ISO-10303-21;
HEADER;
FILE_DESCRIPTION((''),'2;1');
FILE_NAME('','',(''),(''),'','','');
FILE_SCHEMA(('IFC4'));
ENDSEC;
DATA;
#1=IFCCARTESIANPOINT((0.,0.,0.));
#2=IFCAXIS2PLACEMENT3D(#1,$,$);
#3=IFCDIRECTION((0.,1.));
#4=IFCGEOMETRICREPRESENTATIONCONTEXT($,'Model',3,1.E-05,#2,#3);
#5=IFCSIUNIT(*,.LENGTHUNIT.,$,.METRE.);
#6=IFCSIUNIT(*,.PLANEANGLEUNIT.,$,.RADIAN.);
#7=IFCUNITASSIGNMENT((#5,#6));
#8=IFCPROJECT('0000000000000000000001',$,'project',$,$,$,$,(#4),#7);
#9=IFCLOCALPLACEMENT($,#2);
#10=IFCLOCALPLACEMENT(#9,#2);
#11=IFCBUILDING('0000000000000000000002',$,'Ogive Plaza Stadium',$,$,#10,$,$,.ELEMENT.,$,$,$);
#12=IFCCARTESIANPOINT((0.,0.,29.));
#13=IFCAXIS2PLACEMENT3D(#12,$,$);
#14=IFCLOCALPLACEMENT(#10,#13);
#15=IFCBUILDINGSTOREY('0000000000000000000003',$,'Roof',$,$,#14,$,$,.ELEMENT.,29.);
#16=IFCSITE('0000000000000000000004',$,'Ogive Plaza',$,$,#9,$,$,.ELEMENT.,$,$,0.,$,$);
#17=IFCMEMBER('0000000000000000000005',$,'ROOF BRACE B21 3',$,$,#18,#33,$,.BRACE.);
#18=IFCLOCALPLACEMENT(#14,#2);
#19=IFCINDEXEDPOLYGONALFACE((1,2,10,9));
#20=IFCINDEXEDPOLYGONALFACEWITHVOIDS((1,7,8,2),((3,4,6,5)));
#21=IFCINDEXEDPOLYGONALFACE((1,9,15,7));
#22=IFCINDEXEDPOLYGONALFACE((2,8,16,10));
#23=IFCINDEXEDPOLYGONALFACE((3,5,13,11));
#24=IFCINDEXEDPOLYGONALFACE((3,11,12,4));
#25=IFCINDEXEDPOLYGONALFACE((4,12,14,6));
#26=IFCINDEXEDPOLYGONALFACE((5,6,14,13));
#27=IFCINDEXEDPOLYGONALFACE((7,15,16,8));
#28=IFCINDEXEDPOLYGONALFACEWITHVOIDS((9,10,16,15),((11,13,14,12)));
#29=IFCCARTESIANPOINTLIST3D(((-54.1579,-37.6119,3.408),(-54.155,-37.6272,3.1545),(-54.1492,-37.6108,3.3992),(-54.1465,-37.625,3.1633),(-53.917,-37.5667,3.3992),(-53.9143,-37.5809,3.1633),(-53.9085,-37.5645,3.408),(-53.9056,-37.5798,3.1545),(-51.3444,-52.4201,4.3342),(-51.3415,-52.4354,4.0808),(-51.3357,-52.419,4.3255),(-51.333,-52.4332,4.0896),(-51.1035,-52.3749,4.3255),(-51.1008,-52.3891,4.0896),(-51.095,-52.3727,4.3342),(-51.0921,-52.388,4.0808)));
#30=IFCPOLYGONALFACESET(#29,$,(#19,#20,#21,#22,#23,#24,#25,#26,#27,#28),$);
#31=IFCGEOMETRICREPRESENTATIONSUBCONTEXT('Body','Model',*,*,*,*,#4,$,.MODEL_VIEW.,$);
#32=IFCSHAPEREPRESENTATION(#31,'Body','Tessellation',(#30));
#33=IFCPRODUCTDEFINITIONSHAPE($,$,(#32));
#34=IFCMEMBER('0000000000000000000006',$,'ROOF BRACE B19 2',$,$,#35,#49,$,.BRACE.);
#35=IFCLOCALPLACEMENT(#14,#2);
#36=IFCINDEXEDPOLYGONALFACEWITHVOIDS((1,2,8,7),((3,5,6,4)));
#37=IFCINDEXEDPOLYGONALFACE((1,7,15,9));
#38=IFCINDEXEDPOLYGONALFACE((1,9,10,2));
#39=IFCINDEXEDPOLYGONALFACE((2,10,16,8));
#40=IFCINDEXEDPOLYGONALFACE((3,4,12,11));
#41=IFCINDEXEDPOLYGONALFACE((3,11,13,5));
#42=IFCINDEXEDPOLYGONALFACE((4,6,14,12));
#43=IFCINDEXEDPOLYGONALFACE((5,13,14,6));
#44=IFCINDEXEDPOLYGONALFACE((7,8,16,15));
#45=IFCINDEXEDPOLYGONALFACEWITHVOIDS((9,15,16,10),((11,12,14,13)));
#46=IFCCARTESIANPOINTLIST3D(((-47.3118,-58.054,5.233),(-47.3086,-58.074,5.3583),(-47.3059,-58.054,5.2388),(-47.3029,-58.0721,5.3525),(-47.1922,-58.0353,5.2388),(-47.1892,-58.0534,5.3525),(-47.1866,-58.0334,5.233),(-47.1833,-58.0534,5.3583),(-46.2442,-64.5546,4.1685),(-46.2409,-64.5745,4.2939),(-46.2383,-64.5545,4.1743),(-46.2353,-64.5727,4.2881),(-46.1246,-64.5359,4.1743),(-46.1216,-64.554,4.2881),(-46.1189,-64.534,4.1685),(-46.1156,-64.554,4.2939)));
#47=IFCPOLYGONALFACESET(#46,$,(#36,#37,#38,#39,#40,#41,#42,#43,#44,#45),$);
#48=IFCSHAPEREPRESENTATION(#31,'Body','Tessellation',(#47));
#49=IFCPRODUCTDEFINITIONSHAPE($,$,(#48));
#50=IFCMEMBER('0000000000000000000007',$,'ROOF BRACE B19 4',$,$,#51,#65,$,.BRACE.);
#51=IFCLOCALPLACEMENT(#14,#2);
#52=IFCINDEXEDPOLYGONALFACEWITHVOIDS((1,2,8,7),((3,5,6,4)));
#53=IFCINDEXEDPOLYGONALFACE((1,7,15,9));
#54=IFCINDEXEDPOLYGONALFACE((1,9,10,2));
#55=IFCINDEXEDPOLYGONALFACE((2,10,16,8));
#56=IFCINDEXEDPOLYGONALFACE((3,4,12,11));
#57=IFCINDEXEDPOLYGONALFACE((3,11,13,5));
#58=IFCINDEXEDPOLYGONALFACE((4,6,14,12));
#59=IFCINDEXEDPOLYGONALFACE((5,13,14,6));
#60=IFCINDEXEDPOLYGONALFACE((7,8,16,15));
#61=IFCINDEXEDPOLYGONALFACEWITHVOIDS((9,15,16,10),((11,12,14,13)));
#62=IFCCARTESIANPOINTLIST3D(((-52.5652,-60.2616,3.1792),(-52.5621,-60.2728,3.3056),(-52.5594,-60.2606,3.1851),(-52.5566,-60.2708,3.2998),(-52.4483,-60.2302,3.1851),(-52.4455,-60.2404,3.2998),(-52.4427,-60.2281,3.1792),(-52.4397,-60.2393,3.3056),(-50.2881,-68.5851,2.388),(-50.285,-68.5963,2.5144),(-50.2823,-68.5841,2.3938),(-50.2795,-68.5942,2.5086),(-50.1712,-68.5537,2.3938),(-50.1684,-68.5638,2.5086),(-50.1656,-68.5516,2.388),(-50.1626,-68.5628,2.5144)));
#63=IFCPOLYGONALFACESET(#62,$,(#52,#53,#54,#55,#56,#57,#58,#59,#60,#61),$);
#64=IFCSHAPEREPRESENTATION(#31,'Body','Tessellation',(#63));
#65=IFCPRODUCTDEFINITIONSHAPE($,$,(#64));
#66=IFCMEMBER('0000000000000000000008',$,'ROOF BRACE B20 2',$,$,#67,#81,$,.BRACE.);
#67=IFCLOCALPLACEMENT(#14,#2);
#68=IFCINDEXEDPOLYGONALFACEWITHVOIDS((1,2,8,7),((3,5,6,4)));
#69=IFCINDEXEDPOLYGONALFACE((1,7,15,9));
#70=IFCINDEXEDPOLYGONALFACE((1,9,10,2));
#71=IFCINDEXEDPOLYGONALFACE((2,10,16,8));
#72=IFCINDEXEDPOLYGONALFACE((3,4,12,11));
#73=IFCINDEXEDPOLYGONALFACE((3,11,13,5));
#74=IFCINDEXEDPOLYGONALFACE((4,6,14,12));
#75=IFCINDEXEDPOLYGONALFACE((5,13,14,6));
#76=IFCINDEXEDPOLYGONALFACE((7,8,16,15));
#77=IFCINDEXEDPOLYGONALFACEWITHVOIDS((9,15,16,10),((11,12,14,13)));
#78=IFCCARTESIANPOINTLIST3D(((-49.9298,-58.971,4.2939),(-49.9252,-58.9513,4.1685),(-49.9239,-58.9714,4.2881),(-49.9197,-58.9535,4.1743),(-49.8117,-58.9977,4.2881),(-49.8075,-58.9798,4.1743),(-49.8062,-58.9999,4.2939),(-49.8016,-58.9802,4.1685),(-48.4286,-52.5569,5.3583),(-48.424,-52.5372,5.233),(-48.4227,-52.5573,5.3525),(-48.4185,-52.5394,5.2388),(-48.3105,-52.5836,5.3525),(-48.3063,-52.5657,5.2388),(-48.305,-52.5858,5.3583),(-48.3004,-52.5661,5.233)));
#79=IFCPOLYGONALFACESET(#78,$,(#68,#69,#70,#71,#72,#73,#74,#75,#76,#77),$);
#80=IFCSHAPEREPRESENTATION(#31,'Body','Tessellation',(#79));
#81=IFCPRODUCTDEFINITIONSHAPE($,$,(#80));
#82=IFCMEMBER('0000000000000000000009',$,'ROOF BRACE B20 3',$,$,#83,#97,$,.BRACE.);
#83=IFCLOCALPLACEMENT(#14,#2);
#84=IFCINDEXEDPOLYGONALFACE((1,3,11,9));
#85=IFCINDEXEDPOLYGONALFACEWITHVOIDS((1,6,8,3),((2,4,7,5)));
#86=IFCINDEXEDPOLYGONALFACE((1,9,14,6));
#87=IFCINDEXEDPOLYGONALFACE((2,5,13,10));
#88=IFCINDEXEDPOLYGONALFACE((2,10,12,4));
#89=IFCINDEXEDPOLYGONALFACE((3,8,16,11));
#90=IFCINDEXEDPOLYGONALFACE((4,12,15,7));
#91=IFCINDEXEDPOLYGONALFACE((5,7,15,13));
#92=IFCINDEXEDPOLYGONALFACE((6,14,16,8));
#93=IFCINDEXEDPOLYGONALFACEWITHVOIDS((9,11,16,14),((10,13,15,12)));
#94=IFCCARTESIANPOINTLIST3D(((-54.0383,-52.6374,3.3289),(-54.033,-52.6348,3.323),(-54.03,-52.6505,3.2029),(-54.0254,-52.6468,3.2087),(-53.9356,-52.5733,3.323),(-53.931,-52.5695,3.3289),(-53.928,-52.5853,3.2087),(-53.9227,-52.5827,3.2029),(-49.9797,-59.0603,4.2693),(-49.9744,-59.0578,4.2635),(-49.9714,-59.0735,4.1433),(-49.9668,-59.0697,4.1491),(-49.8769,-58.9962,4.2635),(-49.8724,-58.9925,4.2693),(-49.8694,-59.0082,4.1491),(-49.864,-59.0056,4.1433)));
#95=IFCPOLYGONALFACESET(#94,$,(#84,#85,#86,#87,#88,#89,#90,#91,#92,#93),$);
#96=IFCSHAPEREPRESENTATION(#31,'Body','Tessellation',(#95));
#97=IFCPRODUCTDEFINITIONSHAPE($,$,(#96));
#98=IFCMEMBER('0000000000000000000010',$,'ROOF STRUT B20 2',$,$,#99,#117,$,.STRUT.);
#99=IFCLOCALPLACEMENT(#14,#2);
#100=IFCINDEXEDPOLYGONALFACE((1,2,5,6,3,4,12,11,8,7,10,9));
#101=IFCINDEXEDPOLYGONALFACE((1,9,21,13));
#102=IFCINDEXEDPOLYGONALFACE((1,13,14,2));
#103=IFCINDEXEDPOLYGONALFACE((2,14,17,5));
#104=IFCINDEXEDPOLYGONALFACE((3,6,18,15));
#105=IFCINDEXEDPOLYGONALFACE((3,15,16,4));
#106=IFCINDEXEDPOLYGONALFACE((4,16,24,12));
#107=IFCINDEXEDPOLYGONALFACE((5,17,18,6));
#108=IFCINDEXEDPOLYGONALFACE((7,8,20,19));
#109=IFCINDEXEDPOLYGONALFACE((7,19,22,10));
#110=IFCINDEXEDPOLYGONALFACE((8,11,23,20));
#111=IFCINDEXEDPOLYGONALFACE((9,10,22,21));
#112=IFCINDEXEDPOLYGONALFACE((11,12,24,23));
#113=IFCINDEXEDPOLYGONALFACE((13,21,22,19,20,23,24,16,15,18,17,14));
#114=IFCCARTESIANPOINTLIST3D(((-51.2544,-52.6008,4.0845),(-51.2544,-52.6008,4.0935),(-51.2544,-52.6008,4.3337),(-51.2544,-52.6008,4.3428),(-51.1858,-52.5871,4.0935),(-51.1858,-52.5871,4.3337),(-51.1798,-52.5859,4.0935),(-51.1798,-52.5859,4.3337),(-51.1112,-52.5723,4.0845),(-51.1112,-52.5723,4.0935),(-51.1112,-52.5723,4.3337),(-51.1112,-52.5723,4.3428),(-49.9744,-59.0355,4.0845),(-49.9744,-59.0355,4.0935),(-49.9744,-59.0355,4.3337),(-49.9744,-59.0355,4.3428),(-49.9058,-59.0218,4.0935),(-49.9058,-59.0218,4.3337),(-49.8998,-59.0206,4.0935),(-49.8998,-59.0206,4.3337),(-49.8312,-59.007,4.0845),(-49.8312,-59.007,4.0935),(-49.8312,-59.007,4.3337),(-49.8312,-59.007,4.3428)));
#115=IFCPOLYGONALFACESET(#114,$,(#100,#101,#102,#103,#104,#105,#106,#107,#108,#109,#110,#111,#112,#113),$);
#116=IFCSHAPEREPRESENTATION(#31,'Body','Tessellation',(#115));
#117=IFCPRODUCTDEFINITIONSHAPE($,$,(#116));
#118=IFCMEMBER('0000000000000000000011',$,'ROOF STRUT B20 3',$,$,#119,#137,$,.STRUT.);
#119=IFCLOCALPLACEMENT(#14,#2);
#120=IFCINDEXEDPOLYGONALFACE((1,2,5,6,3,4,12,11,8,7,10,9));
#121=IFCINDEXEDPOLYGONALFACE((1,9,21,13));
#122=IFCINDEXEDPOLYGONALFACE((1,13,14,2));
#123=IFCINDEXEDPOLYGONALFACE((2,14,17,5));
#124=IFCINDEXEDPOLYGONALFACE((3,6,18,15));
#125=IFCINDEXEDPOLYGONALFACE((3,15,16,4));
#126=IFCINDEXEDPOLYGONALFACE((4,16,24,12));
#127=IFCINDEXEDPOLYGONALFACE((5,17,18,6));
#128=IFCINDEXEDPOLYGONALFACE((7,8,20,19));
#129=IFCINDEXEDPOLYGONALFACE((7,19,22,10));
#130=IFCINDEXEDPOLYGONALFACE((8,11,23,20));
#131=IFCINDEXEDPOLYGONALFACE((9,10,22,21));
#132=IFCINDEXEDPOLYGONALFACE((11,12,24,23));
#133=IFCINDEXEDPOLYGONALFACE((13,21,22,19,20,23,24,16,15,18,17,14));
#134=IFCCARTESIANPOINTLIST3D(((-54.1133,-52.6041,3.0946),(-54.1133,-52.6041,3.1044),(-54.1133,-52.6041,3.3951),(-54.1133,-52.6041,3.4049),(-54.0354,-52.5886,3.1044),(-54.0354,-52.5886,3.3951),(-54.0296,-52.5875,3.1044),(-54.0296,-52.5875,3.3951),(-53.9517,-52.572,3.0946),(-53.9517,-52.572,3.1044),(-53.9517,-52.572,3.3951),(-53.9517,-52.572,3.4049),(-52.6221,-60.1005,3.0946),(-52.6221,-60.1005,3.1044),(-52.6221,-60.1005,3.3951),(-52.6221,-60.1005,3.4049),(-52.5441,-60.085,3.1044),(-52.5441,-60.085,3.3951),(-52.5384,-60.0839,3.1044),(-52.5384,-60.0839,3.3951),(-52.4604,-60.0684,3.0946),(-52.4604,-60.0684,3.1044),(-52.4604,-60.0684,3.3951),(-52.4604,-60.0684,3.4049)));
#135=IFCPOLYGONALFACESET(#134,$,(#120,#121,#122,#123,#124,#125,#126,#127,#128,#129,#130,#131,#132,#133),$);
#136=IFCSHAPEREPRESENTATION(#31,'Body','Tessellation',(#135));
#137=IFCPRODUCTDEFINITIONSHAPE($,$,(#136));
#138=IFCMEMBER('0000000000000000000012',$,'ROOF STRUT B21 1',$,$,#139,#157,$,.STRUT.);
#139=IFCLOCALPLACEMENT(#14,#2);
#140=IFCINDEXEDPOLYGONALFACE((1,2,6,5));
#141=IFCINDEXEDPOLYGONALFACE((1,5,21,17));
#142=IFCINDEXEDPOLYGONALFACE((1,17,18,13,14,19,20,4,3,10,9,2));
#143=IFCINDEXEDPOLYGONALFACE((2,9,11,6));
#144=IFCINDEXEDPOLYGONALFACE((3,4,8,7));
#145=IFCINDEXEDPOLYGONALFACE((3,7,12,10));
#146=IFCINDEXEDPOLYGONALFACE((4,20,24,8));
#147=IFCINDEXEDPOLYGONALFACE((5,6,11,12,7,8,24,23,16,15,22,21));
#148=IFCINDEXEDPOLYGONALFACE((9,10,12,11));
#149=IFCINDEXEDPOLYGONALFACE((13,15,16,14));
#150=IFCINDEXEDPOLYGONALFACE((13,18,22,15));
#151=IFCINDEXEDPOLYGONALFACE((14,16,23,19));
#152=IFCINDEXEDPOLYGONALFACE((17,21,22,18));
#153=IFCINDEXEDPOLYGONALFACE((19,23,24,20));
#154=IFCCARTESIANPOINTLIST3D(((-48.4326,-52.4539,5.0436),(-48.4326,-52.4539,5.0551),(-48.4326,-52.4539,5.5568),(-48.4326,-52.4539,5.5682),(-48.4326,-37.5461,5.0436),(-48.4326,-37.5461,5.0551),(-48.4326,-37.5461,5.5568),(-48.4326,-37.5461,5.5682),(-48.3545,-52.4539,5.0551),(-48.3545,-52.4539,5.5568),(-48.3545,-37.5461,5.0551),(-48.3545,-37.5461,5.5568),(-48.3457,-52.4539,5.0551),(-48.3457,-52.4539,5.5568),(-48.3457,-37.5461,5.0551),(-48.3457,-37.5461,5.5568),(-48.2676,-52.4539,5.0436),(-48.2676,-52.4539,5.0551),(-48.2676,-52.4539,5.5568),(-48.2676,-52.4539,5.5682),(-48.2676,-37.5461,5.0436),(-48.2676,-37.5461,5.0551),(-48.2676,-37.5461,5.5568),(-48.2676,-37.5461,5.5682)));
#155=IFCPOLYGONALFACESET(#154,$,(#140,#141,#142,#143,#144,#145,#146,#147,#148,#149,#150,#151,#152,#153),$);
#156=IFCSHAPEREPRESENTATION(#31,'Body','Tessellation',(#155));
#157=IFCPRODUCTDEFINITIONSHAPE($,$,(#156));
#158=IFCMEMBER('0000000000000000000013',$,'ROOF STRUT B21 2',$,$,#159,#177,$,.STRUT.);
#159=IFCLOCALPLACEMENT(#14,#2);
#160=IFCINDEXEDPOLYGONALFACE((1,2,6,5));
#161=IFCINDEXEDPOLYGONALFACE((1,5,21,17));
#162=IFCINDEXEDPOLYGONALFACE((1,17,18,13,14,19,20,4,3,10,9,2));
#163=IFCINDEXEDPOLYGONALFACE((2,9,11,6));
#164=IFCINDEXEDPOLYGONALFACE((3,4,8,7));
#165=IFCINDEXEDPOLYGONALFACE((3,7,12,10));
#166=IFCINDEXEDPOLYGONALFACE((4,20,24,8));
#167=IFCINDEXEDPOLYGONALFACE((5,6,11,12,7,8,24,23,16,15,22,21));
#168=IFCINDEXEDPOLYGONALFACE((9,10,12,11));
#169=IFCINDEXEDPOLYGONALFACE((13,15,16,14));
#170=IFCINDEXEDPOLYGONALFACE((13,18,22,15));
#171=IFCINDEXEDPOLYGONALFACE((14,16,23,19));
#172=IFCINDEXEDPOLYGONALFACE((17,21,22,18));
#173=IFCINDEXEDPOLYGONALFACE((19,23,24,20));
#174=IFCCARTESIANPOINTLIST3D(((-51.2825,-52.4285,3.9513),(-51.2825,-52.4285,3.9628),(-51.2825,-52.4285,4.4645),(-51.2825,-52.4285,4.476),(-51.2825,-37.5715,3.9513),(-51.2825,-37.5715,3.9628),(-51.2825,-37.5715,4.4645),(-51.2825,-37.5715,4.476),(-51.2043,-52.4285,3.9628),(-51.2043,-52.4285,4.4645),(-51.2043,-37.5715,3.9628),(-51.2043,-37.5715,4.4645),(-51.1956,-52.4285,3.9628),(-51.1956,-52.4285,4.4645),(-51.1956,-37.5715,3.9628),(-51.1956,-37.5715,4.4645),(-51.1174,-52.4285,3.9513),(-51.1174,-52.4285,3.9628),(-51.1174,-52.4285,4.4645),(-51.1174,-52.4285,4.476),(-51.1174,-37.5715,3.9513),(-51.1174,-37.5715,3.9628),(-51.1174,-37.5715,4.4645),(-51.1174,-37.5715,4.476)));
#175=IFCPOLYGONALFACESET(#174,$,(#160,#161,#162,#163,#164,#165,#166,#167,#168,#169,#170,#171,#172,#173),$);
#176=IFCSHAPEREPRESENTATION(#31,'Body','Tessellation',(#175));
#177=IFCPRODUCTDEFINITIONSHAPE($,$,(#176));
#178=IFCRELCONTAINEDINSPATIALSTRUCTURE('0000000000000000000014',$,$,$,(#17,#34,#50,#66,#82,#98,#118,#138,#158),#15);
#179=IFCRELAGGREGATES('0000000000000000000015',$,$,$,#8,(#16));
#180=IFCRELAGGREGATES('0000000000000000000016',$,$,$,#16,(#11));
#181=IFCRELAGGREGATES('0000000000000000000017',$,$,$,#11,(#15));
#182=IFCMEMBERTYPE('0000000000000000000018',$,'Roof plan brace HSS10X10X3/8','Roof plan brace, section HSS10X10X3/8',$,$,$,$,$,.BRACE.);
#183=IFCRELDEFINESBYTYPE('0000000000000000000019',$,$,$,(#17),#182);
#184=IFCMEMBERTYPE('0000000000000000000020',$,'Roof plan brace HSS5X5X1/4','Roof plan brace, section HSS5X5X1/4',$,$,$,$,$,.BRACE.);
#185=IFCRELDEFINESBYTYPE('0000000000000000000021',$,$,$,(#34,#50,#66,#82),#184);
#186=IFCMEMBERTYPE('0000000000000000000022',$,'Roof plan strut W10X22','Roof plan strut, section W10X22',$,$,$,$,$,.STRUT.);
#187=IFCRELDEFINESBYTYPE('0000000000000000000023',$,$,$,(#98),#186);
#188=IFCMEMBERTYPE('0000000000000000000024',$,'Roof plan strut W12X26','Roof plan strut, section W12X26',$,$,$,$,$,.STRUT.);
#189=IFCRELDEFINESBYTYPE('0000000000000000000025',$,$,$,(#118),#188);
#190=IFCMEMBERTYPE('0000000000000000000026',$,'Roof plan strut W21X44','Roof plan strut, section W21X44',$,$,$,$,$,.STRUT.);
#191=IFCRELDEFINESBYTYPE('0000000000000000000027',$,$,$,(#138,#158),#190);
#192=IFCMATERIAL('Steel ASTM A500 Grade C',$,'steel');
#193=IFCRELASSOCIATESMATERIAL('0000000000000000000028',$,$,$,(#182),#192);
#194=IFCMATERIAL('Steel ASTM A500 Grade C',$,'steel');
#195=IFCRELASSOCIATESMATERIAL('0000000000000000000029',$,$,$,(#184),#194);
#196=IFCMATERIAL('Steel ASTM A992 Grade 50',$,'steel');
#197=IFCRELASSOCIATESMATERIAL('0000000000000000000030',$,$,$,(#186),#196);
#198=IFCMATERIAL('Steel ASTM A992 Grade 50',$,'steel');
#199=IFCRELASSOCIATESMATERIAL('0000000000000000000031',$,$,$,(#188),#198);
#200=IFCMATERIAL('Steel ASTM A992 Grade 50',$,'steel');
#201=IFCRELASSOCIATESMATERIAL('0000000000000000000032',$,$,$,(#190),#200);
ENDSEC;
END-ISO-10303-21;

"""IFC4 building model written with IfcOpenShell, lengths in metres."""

from ifc_helpers import new_model, si_unit, direction, frame, origin, origin_2d, place, context, subcontext, project, spatial, hollow_rectangle, i_section, extrude, material, material_profile, profile_set, type_object, element, save


model = new_model("IFC4")

# Units and contexts
model_context = context("Model", 3, precision=1e-05, world=origin(), true_north=direction((0.0, 1.0)))
body_context = subcontext(model_context, "Body", "Model", "MODEL_VIEW")
ifc_project = project(units=[si_unit("LENGTHUNIT", "METRE"), si_unit("PLANEANGLEUNIT", "RADIAN")], contexts=[model_context])

# Site, building, storey
site_placement = place(None, origin())
site = spatial("IfcSite", under=ifc_project, at=site_placement, Name="Ogive Plaza", CompositionType="ELEMENT", RefElevation=0.0)
building_placement = place(site_placement, origin())
building = spatial("IfcBuilding", under=site, at=building_placement, Name="Ogive Plaza Stadium", CompositionType="ELEMENT")
storey_placement = place(building_placement, frame((0.0, 0.0, 29.0)))
storey = spatial("IfcBuildingStorey", under=building, at=storey_placement, Name="Roof", CompositionType="ELEMENT", Elevation=29.0)

# Members
ifc_material_1 = material(Name="Steel ASTM A500 Grade C", Category="steel")
ifc_material_profile_1 = material_profile(ifc_material_1, hollow_rectangle(XDim=0.2539, YDim=0.2539, WallThickness=0.0088, at=origin_2d()), Name="HSS10X10X3/8")
ifc_profile_set_1 = profile_set([ifc_material_profile_1], Name="Steel ASTM A500 Grade C")
member_type_1 = type_object("IfcMemberType", Name="Roof plan brace HSS10X10X3/8", Description="Roof plan brace, section HSS10X10X3/8", PredefinedType="BRACE", material=ifc_profile_set_1)
member_1_placement = place(storey_placement, frame((-51.2183, -52.4041, 4.2075), z_axis=(-0.186305, 0.980575, -0.061336), x_axis=(-0.982425, -0.186657, 0.0)))
element("IfcMember", 1, at=member_1_placement, inside=storey, type_object=member_type_1, Name="ROOF BRACE B21 3", PredefinedType="BRACE", context=body_context, shape_type="SweptSolid", body=[
    extrude(hollow_rectangle(XDim=0.2539, YDim=0.2539, WallThickness=0.0088, at=origin_2d()), origin(), (0.0, 0.0, 1.0), 15.1016),
])
ifc_material_2 = material(Name="Steel ASTM A500 Grade C", Category="steel")
ifc_material_profile_2 = material_profile(ifc_material_2, hollow_rectangle(XDim=0.127, YDim=0.127, WallThickness=0.0059, at=origin_2d()), Name="HSS5X5X1/4")
ifc_profile_set_2 = profile_set([ifc_material_profile_2], Name="Steel ASTM A500 Grade C")
member_type_2 = type_object("IfcMemberType", Name="Roof plan brace HSS5X5X1/4", Description="Roof plan brace, section HSS5X5X1/4", PredefinedType="BRACE", material=ifc_profile_set_2)
member_2_placement = place(storey_placement, frame((-47.2476, -58.0537, 5.2957), z_axis=(0.159991, -0.974144, -0.159516), x_axis=(0.98678, 0.162067, 0.0)))
element("IfcMember", 2, at=member_2_placement, inside=storey, type_object=member_type_2, Name="ROOF BRACE B19 2", PredefinedType="BRACE", context=body_context, shape_type="SweptSolid", body=[
    extrude(hollow_rectangle(XDim=0.127, YDim=0.127, WallThickness=0.0059, at=origin_2d()), origin(), (0.0, 0.0, 1.0), 6.6731),
])
member_3_placement = place(storey_placement, frame((-52.5024, -60.2505, 3.2424), z_axis=(0.262776, -0.960526, -0.091311), x_axis=(0.964556, 0.263879, 0.0)))
element("IfcMember", 3, at=member_3_placement, inside=storey, type_object=member_type_2, Name="ROOF BRACE B19 4", PredefinedType="BRACE", context=body_context, shape_type="SweptSolid", body=[
    extrude(hollow_rectangle(XDim=0.127, YDim=0.127, WallThickness=0.0059, at=origin_2d()), origin(), (0.0, 0.0, 1.0), 8.6655),
])
member_4_placement = place(storey_placement, frame((-48.3645, -52.5615, 5.2957), z_axis=(-0.224974, -0.961218, -0.15952), x_axis=(0.973686, -0.227893, 0.0)))
element("IfcMember", 4, at=member_4_placement, inside=storey, type_object=member_type_2, Name="ROOF BRACE B20 2", PredefinedType="BRACE", context=body_context, shape_type="SweptSolid", body=[
    extrude(hollow_rectangle(XDim=0.127, YDim=0.127, WallThickness=0.0059, at=origin_2d()), origin(), (0.0, 0.0, 1.0), 6.6729),
])
member_5_placement = place(storey_placement, frame((-49.9219, -59.033, 4.2063), z_axis=(-0.530141, 0.838964, -0.122841), x_axis=(-0.845367, -0.534186, 0.0)))
element("IfcMember", 5, at=member_5_placement, inside=storey, type_object=member_type_2, Name="ROOF BRACE B20 3", PredefinedType="BRACE", context=body_context, shape_type="SweptSolid", body=[
    extrude(hollow_rectangle(XDim=0.127, YDim=0.127, WallThickness=0.0059, at=origin_2d()), origin(), (0.0, 0.0, 1.0), 7.6558),
])
ifc_material_3 = material(Name="Steel ASTM A992 Grade 50", Category="steel")
ifc_material_profile_3 = material_profile(ifc_material_3, i_section(OverallWidth=0.146, OverallDepth=0.2583, WebThickness=0.0061, FlangeThickness=0.009, at=origin_2d()), Name="W10X22")
ifc_profile_set_3 = profile_set([ifc_material_profile_3], Name="Steel ASTM A992 Grade 50")
member_type_3 = type_object("IfcMemberType", Name="Roof plan strut W10X22", Description="Roof plan strut, section W10X22", PredefinedType="STRUT", material=ifc_profile_set_3)
member_6_placement = place(storey_placement, frame((-49.9028, -59.0212, 4.2136), z_axis=(-0.1951, 0.980783, 0.0), x_axis=(-0.980783, -0.1951, 0.0)))
element("IfcMember", 6, at=member_6_placement, inside=storey, type_object=member_type_3, Name="ROOF STRUT B20 2", PredefinedType="STRUT", context=body_context, shape_type="SweptSolid", body=[
    extrude(i_section(OverallWidth=0.146, OverallDepth=0.2583, WebThickness=0.0061, FlangeThickness=0.009, at=origin_2d()), origin(), (0.0, 0.0, 1.0), 6.5608),
])
ifc_material_4 = material(Name="Steel ASTM A992 Grade 50", Category="steel")
ifc_material_profile_4 = material_profile(ifc_material_4, i_section(OverallWidth=0.1648, OverallDepth=0.3103, WebThickness=0.0059, FlangeThickness=0.0098, at=origin_2d()), Name="W12X26")
ifc_profile_set_4 = profile_set([ifc_material_profile_4], Name="Steel ASTM A992 Grade 50")
member_type_4 = type_object("IfcMemberType", Name="Roof plan strut W12X26", Description="Roof plan strut, section W12X26", PredefinedType="STRUT", material=ifc_profile_set_4)
member_7_placement = place(storey_placement, frame((-52.5413, -60.0845, 3.2498), z_axis=(-0.195102, 0.980783, 0.0), x_axis=(-0.980783, -0.195102, 0.0)))
element("IfcMember", 7, at=member_7_placement, inside=storey, type_object=member_type_4, Name="ROOF STRUT B20 3", PredefinedType="STRUT", context=body_context, shape_type="SweptSolid", body=[
    extrude(i_section(OverallWidth=0.1648, OverallDepth=0.3103, WebThickness=0.0059, FlangeThickness=0.0098, at=origin_2d()), origin(), (0.0, 0.0, 1.0), 7.6433),
])
ifc_material_5 = material(Name="Steel ASTM A992 Grade 50", Category="steel")
ifc_material_profile_5 = material_profile(ifc_material_5, i_section(OverallWidth=0.165, OverallDepth=0.5247, WebThickness=0.0088, FlangeThickness=0.0115, at=origin_2d()), Name="W21X44")
ifc_profile_set_5 = profile_set([ifc_material_profile_5], Name="Steel ASTM A992 Grade 50")
member_type_5 = type_object("IfcMemberType", Name="Roof plan strut W21X44", Description="Roof plan strut, section W21X44", PredefinedType="STRUT", material=ifc_profile_set_5)
member_8_placement = place(storey_placement, frame((-48.3501, -52.4539, 5.3059), z_axis=(0.0, 1.0, 0.0), x_axis=(-1.0, 0.0, 0.0)))
element("IfcMember", 8, at=member_8_placement, inside=storey, type_object=member_type_5, Name="ROOF STRUT B21 1", PredefinedType="STRUT", context=body_context, shape_type="SweptSolid", body=[
    extrude(i_section(OverallWidth=0.165, OverallDepth=0.5247, WebThickness=0.0088, FlangeThickness=0.0115, at=origin_2d()), origin(), (0.0, 0.0, 1.0), 14.9077),
])
for number, where, z_axis, x_axis, name in (
    (9, (-51.2, -52.4285, 4.2136), (0.0, 1.0, 0.0), (-1.0, 0.0, 0.0), "ROOF STRUT B21 2"),
):
    element("IfcMember", number, at=place(storey_placement, frame(where, z_axis=z_axis, x_axis=x_axis)), inside=storey, type_object=member_type_5, Name=name, PredefinedType="STRUT", context=body_context, shape_type="SweptSolid", body=[
        extrude(i_section(OverallWidth=0.165, OverallDepth=0.5247, WebThickness=0.0088, FlangeThickness=0.0115, at=origin_2d()), origin(), (0.0, 0.0, 1.0), 14.8569),
    ])

save(model, "model.ifc")
